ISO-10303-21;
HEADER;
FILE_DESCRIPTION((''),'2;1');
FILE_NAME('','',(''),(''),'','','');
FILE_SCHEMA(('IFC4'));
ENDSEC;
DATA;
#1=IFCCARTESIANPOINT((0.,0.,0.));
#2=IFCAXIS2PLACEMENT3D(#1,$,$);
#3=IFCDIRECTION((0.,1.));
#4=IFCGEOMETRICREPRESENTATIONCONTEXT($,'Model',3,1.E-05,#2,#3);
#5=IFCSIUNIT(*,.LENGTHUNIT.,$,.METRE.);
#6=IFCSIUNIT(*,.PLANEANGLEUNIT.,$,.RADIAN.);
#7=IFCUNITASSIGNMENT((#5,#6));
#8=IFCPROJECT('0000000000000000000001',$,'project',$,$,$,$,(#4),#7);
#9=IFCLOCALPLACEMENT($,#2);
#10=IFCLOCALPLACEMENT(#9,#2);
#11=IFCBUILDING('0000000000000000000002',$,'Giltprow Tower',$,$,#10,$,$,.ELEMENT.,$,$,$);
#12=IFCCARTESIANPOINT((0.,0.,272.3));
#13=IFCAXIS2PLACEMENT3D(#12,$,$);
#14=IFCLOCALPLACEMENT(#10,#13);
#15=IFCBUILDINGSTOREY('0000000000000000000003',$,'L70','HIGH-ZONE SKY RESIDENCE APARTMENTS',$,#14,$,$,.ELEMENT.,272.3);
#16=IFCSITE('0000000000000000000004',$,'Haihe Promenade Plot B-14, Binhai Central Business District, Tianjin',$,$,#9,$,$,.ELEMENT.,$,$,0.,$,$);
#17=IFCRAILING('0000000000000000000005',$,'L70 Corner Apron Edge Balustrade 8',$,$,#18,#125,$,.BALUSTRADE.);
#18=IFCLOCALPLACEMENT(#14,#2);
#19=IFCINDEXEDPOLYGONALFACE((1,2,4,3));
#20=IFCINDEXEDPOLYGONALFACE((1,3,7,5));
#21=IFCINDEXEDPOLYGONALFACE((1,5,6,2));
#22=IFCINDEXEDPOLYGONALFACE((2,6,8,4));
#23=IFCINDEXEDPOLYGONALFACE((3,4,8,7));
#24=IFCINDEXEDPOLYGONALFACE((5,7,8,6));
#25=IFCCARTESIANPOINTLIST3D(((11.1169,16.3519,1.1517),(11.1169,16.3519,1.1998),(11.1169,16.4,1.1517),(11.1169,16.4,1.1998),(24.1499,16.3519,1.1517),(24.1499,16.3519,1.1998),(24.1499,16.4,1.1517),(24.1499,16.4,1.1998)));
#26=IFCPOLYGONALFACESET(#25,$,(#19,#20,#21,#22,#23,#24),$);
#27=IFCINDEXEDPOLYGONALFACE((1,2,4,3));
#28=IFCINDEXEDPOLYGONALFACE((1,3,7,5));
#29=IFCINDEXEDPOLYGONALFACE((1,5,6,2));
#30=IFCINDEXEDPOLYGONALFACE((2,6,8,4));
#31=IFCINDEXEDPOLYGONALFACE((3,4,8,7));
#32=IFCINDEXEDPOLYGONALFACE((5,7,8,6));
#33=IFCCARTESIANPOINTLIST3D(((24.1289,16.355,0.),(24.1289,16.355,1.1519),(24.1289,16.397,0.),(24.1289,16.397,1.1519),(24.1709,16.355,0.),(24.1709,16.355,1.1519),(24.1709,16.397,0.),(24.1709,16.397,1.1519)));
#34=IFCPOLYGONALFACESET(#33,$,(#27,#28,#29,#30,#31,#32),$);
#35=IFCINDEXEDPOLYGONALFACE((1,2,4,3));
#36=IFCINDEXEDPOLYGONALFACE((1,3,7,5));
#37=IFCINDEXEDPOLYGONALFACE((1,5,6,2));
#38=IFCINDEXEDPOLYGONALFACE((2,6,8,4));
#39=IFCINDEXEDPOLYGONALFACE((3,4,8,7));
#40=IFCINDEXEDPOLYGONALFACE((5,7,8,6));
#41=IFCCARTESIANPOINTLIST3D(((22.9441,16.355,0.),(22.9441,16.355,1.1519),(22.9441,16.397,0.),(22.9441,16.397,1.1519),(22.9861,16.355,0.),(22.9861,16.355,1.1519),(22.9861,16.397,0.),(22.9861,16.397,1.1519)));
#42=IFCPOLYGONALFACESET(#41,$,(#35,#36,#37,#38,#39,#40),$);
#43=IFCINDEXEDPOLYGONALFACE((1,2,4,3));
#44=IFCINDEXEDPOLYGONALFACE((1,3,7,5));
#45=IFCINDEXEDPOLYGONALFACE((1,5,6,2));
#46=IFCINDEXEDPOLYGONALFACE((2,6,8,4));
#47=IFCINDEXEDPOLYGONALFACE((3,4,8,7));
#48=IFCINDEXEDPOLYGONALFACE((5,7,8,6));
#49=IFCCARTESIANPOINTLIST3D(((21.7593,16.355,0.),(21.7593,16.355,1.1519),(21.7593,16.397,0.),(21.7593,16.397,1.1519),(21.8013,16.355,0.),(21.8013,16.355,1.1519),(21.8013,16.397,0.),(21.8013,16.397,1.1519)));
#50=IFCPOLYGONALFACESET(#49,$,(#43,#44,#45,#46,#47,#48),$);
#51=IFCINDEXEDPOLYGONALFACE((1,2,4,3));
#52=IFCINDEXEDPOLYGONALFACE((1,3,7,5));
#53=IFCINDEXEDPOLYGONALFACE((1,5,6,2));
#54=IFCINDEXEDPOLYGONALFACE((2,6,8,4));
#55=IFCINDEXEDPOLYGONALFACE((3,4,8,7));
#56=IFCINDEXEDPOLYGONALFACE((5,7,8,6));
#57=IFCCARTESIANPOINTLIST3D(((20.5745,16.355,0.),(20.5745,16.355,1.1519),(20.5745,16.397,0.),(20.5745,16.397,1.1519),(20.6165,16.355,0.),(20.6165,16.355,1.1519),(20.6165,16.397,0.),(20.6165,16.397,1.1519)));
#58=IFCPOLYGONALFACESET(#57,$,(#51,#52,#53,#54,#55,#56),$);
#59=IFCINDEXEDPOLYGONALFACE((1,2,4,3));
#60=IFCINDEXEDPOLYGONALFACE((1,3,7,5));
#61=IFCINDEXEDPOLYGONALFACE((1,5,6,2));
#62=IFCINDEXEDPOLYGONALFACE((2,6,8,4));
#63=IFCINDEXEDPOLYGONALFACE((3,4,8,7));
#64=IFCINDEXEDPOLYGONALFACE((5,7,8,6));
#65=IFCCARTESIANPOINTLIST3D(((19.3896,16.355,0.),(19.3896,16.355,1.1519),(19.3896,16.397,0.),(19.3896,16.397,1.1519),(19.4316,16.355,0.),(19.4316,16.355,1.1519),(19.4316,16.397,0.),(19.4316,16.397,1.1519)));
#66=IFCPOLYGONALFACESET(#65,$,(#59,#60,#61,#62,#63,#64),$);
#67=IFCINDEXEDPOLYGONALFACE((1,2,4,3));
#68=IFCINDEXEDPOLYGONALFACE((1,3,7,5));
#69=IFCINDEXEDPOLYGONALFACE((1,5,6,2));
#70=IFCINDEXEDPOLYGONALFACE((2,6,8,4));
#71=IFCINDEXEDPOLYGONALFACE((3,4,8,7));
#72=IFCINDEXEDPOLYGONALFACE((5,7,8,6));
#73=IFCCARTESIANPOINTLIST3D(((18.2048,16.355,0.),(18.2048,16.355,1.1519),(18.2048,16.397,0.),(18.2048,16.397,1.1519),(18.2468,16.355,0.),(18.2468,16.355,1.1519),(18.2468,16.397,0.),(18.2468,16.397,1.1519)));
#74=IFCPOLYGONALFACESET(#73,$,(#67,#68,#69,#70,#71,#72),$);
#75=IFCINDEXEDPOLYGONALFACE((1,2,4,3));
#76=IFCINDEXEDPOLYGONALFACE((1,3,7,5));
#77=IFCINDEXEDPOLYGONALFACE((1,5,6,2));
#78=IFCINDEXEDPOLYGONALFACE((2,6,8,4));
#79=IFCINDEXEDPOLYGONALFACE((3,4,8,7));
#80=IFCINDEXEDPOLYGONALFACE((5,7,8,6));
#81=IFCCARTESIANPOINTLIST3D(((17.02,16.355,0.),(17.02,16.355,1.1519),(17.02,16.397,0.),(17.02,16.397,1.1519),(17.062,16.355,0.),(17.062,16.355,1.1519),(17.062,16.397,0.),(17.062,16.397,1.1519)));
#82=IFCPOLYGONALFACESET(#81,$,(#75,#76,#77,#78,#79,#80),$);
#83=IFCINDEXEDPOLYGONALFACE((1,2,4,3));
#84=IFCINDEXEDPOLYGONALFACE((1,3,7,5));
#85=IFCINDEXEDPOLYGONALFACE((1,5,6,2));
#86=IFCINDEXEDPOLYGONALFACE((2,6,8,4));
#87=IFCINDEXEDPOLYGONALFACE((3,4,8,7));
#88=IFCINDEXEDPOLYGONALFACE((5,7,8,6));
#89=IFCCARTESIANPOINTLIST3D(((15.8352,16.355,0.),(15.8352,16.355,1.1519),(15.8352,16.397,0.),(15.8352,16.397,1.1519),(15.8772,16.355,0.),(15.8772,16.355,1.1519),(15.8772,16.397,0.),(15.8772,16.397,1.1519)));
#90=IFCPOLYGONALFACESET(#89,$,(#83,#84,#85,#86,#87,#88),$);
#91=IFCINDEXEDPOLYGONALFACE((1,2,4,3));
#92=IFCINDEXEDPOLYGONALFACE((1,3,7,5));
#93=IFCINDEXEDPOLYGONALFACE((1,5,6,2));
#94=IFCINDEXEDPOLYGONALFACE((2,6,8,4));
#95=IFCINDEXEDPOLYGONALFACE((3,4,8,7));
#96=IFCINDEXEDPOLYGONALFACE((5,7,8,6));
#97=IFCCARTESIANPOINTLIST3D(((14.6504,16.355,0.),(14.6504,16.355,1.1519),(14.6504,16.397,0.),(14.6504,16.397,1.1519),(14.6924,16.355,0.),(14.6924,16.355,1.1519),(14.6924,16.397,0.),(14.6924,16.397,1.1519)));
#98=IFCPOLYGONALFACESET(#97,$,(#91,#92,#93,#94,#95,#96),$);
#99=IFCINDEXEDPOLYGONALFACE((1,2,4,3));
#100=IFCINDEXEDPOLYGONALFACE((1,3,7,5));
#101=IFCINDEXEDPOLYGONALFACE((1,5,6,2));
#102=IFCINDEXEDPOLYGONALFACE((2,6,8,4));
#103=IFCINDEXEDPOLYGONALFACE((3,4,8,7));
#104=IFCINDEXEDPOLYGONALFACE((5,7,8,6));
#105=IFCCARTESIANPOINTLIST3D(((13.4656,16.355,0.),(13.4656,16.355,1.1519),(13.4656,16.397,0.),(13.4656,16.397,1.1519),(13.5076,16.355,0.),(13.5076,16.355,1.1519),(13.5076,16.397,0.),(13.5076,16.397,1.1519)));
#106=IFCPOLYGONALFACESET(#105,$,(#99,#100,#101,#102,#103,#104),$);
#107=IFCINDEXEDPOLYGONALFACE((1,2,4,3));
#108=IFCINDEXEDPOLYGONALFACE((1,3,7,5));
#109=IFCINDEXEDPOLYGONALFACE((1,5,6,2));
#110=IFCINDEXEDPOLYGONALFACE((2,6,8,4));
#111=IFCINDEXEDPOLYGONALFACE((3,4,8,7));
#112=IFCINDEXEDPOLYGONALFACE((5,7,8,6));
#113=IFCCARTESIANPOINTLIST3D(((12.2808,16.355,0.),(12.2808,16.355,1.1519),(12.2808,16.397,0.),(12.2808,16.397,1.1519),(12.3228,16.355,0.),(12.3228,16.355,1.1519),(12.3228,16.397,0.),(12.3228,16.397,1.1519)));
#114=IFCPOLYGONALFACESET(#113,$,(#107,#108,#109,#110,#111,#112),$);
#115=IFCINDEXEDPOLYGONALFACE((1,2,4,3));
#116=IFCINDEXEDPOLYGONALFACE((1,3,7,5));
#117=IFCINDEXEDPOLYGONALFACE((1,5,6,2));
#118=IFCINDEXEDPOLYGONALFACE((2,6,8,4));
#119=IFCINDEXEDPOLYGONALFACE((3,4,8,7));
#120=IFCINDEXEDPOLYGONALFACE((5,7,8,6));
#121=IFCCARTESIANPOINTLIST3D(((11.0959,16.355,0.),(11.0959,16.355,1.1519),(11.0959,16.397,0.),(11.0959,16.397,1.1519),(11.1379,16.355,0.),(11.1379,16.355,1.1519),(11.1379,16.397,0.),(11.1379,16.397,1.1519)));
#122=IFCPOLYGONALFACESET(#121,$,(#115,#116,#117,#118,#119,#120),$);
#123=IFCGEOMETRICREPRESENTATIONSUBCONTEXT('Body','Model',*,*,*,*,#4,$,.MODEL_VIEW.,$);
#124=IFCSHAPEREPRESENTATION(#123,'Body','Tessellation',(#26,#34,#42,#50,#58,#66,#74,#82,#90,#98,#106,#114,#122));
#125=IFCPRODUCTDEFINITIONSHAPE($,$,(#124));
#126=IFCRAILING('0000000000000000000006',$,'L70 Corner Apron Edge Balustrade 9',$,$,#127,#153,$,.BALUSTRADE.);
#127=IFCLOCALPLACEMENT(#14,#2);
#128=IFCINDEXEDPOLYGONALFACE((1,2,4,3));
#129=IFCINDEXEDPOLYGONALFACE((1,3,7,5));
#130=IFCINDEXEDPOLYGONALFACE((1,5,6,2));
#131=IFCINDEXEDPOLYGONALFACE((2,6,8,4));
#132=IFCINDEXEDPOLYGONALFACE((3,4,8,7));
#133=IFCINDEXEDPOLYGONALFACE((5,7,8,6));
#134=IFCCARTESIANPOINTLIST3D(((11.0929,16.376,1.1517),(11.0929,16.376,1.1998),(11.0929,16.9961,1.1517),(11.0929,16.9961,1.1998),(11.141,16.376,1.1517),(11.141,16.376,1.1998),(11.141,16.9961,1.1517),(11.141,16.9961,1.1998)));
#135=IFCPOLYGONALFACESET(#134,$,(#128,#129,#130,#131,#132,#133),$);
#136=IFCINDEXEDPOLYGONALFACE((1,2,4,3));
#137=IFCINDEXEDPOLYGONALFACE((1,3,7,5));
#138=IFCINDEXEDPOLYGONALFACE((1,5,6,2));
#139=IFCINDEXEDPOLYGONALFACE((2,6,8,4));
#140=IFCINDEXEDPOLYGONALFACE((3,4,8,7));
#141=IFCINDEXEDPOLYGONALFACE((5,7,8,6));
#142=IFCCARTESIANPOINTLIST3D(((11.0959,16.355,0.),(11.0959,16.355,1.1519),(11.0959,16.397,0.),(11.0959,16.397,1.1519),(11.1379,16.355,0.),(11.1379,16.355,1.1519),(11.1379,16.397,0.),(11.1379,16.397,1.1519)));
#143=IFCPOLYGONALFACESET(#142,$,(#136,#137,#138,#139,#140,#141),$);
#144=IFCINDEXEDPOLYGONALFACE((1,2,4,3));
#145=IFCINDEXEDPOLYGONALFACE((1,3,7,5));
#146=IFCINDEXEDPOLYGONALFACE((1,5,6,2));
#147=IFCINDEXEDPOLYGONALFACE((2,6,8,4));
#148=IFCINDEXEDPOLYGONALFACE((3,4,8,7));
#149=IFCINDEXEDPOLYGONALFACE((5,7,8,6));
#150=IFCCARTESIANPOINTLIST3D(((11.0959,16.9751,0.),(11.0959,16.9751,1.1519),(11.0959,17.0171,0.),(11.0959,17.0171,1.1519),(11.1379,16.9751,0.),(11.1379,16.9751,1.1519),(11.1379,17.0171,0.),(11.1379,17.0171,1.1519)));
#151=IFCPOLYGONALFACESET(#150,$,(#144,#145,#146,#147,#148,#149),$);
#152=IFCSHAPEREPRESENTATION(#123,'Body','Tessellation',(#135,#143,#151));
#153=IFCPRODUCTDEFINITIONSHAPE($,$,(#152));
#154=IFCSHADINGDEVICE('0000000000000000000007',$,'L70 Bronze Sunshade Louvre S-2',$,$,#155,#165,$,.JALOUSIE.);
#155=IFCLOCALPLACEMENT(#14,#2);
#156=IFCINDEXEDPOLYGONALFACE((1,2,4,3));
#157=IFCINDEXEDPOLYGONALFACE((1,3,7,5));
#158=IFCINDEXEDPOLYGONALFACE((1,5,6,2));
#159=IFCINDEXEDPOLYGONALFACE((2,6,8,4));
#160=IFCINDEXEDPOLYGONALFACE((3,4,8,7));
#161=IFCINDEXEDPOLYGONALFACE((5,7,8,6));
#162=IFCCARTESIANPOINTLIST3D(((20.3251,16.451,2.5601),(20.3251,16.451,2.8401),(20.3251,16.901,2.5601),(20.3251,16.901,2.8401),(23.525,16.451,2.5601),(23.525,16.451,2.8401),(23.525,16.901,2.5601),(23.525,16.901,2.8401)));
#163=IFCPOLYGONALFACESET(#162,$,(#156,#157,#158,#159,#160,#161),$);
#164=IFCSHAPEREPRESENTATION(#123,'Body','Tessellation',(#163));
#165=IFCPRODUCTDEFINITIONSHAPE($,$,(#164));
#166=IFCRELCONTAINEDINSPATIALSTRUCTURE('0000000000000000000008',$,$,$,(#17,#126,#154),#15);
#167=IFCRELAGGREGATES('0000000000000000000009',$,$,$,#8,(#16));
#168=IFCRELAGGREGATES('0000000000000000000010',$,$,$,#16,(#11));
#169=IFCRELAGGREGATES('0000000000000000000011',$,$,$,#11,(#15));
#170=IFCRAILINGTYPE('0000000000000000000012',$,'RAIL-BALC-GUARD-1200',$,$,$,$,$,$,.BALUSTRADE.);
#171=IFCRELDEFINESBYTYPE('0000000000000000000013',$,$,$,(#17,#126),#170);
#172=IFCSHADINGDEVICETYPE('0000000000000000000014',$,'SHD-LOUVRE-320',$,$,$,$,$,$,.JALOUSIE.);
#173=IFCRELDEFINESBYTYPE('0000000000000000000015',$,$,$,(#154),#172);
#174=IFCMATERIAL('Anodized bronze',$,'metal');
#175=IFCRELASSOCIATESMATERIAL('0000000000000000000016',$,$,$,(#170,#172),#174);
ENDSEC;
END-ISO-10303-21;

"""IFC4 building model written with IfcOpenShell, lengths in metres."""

from ifc_helpers import new_model, si_unit, direction, frame, origin, origin_2d, place, context, subcontext, project, spatial, rectangle, extrude, source, transform, mapped, material, type_object, element, save


model = new_model("IFC4")

# Units and contexts
model_context = context("Model", 3, precision=1e-05, world=origin(), true_north=direction((0.0, 1.0)))
body_context = subcontext(model_context, "Body", "Model", "MODEL_VIEW")
ifc_project = project(units=[si_unit("LENGTHUNIT", "METRE"), si_unit("PLANEANGLEUNIT", "RADIAN")], contexts=[model_context])

# Site, building, storey
site_placement = place(None, origin())
site = spatial("IfcSite", under=ifc_project, at=site_placement, Name="Haihe Promenade Plot B-14, Binhai Central Business District, Tianjin", CompositionType="ELEMENT", RefElevation=0.0)
building_placement = place(site_placement, origin())
building = spatial("IfcBuilding", under=site, at=building_placement, Name="Giltprow Tower", CompositionType="ELEMENT")
storey_placement = place(building_placement, frame((0.0, 0.0, 272.3)))
storey = spatial("IfcBuildingStorey", under=building, at=storey_placement, Name="L70", Description="HIGH-ZONE SKY RESIDENCE APARTMENTS", CompositionType="ELEMENT", Elevation=272.3)

# Shared definitions
ifc_material_1 = material(Name="Anodized bronze", Category="metal")

# Railings
railing_type = type_object("IfcRailingType", Name="RAIL-BALC-GUARD-1200", PredefinedType="BALUSTRADE", material=ifc_material_1)
railing_1_placement = place(storey_placement, frame((24.1499, 16.376, 0.0)))
element("IfcRailing", 1, at=railing_1_placement, inside=storey, type_object=railing_type, Name="L70 Corner Apron Edge Balustrade 8", PredefinedType="BALUSTRADE", context=body_context, shape_type="SweptSolid", body=[
    extrude(rectangle(XDim=0.0481, YDim=0.0481, at=origin_2d()), frame((0.0, 0.0, 1.1758), z_axis=(-1.0, 0.0, 0.0), x_axis=(0.0, -1.0, 0.0)), (0.0, 0.0, 1.0), 13.033),
    extrude(rectangle(XDim=0.042, YDim=0.042, at=origin_2d()), origin(), (0.0, 0.0, 1.0), 1.1519),
    extrude(rectangle(XDim=0.042, YDim=0.042, at=origin_2d()), frame((-1.1848, 0.0, 0.0)), (0.0, 0.0, 1.0), 1.1519),
    extrude(rectangle(XDim=0.042, YDim=0.042, at=origin_2d()), frame((-2.3696, 0.0, 0.0)), (0.0, 0.0, 1.0), 1.1519),
    extrude(rectangle(XDim=0.042, YDim=0.042, at=origin_2d()), frame((-3.5544, 0.0, 0.0)), (0.0, 0.0, 1.0), 1.1519),
    extrude(rectangle(XDim=0.042, YDim=0.042, at=origin_2d()), frame((-4.7393, 0.0, 0.0)), (0.0, 0.0, 1.0), 1.1519),
    extrude(rectangle(XDim=0.042, YDim=0.042, at=origin_2d()), frame((-5.9241, 0.0, 0.0)), (0.0, 0.0, 1.0), 1.1519),
    extrude(rectangle(XDim=0.042, YDim=0.042, at=origin_2d()), frame((-7.1089, 0.0, 0.0)), (0.0, 0.0, 1.0), 1.1519),
    extrude(rectangle(XDim=0.042, YDim=0.042, at=origin_2d()), frame((-8.2937, 0.0, 0.0)), (0.0, 0.0, 1.0), 1.1519),
    extrude(rectangle(XDim=0.042, YDim=0.042, at=origin_2d()), frame((-9.4785, 0.0, 0.0)), (0.0, 0.0, 1.0), 1.1519),
    extrude(rectangle(XDim=0.042, YDim=0.042, at=origin_2d()), frame((-10.6633, 0.0, 0.0)), (0.0, 0.0, 1.0), 1.1519),
    extrude(rectangle(XDim=0.042, YDim=0.042, at=origin_2d()), frame((-11.8481, 0.0, 0.0)), (0.0, 0.0, 1.0), 1.1519),
    extrude(rectangle(XDim=0.042, YDim=0.042, at=origin_2d()), frame((-13.033, 0.0, 0.0)), (0.0, 0.0, 1.0), 1.1519),
])
railing_2_placement = place(storey_placement, frame((11.1169, 16.376, 0.0)))
element("IfcRailing", 2, at=railing_2_placement, inside=storey, type_object=railing_type, Name="L70 Corner Apron Edge Balustrade 9", PredefinedType="BALUSTRADE", context=body_context, shape_type="SweptSolid", body=[
    extrude(rectangle(XDim=0.0481, YDim=0.0481, at=origin_2d()), frame((0.0, 0.0, 1.1758), z_axis=(0.0, 1.0, 0.0), x_axis=(-1.0, 0.0, 0.0)), (0.0, 0.0, 1.0), 0.6201),
    extrude(rectangle(XDim=0.042, YDim=0.042, at=origin_2d()), origin(), (0.0, 0.0, 1.0), 1.1519),
    extrude(rectangle(XDim=0.042, YDim=0.042, at=origin_2d()), frame((0.0, 0.6201, 0.0)), (0.0, 0.0, 1.0), 1.1519),
])

# Shading device
shading_device_type = type_object("IfcShadingDeviceType", Name="SHD-LOUVRE-320", PredefinedType="JALOUSIE", material=ifc_material_1)
shared_shape_1 = source(origin(), body_context, "Body", "SweptSolid", [
    extrude(rectangle(XDim=3.2, YDim=0.45, at=origin_2d()), origin(), (0.0, 0.0, 1.0), 0.28),
])
shading_device_placement = place(storey_placement, frame((21.925, 16.676, 2.5601), z_axis=(0.0, 0.0, 1.0), x_axis=(1.0, 0.0, 0.0)))
element("IfcShadingDevice", 3, at=shading_device_placement, inside=storey, type_object=shading_device_type, Name="L70 Bronze Sunshade Louvre S-2", PredefinedType="JALOUSIE", context=body_context, shape_type="MappedRepresentation", body=[
    mapped(shared_shape_1, transform((0.0, 0.0, 0.0), x_axis=(1.0, 0.0, 0.0), y_axis=(0.0, 1.0, 0.0), z_axis=(0.0, 0.0, 1.0), scale=1.0)),
])

save(model, "model.ifc")
